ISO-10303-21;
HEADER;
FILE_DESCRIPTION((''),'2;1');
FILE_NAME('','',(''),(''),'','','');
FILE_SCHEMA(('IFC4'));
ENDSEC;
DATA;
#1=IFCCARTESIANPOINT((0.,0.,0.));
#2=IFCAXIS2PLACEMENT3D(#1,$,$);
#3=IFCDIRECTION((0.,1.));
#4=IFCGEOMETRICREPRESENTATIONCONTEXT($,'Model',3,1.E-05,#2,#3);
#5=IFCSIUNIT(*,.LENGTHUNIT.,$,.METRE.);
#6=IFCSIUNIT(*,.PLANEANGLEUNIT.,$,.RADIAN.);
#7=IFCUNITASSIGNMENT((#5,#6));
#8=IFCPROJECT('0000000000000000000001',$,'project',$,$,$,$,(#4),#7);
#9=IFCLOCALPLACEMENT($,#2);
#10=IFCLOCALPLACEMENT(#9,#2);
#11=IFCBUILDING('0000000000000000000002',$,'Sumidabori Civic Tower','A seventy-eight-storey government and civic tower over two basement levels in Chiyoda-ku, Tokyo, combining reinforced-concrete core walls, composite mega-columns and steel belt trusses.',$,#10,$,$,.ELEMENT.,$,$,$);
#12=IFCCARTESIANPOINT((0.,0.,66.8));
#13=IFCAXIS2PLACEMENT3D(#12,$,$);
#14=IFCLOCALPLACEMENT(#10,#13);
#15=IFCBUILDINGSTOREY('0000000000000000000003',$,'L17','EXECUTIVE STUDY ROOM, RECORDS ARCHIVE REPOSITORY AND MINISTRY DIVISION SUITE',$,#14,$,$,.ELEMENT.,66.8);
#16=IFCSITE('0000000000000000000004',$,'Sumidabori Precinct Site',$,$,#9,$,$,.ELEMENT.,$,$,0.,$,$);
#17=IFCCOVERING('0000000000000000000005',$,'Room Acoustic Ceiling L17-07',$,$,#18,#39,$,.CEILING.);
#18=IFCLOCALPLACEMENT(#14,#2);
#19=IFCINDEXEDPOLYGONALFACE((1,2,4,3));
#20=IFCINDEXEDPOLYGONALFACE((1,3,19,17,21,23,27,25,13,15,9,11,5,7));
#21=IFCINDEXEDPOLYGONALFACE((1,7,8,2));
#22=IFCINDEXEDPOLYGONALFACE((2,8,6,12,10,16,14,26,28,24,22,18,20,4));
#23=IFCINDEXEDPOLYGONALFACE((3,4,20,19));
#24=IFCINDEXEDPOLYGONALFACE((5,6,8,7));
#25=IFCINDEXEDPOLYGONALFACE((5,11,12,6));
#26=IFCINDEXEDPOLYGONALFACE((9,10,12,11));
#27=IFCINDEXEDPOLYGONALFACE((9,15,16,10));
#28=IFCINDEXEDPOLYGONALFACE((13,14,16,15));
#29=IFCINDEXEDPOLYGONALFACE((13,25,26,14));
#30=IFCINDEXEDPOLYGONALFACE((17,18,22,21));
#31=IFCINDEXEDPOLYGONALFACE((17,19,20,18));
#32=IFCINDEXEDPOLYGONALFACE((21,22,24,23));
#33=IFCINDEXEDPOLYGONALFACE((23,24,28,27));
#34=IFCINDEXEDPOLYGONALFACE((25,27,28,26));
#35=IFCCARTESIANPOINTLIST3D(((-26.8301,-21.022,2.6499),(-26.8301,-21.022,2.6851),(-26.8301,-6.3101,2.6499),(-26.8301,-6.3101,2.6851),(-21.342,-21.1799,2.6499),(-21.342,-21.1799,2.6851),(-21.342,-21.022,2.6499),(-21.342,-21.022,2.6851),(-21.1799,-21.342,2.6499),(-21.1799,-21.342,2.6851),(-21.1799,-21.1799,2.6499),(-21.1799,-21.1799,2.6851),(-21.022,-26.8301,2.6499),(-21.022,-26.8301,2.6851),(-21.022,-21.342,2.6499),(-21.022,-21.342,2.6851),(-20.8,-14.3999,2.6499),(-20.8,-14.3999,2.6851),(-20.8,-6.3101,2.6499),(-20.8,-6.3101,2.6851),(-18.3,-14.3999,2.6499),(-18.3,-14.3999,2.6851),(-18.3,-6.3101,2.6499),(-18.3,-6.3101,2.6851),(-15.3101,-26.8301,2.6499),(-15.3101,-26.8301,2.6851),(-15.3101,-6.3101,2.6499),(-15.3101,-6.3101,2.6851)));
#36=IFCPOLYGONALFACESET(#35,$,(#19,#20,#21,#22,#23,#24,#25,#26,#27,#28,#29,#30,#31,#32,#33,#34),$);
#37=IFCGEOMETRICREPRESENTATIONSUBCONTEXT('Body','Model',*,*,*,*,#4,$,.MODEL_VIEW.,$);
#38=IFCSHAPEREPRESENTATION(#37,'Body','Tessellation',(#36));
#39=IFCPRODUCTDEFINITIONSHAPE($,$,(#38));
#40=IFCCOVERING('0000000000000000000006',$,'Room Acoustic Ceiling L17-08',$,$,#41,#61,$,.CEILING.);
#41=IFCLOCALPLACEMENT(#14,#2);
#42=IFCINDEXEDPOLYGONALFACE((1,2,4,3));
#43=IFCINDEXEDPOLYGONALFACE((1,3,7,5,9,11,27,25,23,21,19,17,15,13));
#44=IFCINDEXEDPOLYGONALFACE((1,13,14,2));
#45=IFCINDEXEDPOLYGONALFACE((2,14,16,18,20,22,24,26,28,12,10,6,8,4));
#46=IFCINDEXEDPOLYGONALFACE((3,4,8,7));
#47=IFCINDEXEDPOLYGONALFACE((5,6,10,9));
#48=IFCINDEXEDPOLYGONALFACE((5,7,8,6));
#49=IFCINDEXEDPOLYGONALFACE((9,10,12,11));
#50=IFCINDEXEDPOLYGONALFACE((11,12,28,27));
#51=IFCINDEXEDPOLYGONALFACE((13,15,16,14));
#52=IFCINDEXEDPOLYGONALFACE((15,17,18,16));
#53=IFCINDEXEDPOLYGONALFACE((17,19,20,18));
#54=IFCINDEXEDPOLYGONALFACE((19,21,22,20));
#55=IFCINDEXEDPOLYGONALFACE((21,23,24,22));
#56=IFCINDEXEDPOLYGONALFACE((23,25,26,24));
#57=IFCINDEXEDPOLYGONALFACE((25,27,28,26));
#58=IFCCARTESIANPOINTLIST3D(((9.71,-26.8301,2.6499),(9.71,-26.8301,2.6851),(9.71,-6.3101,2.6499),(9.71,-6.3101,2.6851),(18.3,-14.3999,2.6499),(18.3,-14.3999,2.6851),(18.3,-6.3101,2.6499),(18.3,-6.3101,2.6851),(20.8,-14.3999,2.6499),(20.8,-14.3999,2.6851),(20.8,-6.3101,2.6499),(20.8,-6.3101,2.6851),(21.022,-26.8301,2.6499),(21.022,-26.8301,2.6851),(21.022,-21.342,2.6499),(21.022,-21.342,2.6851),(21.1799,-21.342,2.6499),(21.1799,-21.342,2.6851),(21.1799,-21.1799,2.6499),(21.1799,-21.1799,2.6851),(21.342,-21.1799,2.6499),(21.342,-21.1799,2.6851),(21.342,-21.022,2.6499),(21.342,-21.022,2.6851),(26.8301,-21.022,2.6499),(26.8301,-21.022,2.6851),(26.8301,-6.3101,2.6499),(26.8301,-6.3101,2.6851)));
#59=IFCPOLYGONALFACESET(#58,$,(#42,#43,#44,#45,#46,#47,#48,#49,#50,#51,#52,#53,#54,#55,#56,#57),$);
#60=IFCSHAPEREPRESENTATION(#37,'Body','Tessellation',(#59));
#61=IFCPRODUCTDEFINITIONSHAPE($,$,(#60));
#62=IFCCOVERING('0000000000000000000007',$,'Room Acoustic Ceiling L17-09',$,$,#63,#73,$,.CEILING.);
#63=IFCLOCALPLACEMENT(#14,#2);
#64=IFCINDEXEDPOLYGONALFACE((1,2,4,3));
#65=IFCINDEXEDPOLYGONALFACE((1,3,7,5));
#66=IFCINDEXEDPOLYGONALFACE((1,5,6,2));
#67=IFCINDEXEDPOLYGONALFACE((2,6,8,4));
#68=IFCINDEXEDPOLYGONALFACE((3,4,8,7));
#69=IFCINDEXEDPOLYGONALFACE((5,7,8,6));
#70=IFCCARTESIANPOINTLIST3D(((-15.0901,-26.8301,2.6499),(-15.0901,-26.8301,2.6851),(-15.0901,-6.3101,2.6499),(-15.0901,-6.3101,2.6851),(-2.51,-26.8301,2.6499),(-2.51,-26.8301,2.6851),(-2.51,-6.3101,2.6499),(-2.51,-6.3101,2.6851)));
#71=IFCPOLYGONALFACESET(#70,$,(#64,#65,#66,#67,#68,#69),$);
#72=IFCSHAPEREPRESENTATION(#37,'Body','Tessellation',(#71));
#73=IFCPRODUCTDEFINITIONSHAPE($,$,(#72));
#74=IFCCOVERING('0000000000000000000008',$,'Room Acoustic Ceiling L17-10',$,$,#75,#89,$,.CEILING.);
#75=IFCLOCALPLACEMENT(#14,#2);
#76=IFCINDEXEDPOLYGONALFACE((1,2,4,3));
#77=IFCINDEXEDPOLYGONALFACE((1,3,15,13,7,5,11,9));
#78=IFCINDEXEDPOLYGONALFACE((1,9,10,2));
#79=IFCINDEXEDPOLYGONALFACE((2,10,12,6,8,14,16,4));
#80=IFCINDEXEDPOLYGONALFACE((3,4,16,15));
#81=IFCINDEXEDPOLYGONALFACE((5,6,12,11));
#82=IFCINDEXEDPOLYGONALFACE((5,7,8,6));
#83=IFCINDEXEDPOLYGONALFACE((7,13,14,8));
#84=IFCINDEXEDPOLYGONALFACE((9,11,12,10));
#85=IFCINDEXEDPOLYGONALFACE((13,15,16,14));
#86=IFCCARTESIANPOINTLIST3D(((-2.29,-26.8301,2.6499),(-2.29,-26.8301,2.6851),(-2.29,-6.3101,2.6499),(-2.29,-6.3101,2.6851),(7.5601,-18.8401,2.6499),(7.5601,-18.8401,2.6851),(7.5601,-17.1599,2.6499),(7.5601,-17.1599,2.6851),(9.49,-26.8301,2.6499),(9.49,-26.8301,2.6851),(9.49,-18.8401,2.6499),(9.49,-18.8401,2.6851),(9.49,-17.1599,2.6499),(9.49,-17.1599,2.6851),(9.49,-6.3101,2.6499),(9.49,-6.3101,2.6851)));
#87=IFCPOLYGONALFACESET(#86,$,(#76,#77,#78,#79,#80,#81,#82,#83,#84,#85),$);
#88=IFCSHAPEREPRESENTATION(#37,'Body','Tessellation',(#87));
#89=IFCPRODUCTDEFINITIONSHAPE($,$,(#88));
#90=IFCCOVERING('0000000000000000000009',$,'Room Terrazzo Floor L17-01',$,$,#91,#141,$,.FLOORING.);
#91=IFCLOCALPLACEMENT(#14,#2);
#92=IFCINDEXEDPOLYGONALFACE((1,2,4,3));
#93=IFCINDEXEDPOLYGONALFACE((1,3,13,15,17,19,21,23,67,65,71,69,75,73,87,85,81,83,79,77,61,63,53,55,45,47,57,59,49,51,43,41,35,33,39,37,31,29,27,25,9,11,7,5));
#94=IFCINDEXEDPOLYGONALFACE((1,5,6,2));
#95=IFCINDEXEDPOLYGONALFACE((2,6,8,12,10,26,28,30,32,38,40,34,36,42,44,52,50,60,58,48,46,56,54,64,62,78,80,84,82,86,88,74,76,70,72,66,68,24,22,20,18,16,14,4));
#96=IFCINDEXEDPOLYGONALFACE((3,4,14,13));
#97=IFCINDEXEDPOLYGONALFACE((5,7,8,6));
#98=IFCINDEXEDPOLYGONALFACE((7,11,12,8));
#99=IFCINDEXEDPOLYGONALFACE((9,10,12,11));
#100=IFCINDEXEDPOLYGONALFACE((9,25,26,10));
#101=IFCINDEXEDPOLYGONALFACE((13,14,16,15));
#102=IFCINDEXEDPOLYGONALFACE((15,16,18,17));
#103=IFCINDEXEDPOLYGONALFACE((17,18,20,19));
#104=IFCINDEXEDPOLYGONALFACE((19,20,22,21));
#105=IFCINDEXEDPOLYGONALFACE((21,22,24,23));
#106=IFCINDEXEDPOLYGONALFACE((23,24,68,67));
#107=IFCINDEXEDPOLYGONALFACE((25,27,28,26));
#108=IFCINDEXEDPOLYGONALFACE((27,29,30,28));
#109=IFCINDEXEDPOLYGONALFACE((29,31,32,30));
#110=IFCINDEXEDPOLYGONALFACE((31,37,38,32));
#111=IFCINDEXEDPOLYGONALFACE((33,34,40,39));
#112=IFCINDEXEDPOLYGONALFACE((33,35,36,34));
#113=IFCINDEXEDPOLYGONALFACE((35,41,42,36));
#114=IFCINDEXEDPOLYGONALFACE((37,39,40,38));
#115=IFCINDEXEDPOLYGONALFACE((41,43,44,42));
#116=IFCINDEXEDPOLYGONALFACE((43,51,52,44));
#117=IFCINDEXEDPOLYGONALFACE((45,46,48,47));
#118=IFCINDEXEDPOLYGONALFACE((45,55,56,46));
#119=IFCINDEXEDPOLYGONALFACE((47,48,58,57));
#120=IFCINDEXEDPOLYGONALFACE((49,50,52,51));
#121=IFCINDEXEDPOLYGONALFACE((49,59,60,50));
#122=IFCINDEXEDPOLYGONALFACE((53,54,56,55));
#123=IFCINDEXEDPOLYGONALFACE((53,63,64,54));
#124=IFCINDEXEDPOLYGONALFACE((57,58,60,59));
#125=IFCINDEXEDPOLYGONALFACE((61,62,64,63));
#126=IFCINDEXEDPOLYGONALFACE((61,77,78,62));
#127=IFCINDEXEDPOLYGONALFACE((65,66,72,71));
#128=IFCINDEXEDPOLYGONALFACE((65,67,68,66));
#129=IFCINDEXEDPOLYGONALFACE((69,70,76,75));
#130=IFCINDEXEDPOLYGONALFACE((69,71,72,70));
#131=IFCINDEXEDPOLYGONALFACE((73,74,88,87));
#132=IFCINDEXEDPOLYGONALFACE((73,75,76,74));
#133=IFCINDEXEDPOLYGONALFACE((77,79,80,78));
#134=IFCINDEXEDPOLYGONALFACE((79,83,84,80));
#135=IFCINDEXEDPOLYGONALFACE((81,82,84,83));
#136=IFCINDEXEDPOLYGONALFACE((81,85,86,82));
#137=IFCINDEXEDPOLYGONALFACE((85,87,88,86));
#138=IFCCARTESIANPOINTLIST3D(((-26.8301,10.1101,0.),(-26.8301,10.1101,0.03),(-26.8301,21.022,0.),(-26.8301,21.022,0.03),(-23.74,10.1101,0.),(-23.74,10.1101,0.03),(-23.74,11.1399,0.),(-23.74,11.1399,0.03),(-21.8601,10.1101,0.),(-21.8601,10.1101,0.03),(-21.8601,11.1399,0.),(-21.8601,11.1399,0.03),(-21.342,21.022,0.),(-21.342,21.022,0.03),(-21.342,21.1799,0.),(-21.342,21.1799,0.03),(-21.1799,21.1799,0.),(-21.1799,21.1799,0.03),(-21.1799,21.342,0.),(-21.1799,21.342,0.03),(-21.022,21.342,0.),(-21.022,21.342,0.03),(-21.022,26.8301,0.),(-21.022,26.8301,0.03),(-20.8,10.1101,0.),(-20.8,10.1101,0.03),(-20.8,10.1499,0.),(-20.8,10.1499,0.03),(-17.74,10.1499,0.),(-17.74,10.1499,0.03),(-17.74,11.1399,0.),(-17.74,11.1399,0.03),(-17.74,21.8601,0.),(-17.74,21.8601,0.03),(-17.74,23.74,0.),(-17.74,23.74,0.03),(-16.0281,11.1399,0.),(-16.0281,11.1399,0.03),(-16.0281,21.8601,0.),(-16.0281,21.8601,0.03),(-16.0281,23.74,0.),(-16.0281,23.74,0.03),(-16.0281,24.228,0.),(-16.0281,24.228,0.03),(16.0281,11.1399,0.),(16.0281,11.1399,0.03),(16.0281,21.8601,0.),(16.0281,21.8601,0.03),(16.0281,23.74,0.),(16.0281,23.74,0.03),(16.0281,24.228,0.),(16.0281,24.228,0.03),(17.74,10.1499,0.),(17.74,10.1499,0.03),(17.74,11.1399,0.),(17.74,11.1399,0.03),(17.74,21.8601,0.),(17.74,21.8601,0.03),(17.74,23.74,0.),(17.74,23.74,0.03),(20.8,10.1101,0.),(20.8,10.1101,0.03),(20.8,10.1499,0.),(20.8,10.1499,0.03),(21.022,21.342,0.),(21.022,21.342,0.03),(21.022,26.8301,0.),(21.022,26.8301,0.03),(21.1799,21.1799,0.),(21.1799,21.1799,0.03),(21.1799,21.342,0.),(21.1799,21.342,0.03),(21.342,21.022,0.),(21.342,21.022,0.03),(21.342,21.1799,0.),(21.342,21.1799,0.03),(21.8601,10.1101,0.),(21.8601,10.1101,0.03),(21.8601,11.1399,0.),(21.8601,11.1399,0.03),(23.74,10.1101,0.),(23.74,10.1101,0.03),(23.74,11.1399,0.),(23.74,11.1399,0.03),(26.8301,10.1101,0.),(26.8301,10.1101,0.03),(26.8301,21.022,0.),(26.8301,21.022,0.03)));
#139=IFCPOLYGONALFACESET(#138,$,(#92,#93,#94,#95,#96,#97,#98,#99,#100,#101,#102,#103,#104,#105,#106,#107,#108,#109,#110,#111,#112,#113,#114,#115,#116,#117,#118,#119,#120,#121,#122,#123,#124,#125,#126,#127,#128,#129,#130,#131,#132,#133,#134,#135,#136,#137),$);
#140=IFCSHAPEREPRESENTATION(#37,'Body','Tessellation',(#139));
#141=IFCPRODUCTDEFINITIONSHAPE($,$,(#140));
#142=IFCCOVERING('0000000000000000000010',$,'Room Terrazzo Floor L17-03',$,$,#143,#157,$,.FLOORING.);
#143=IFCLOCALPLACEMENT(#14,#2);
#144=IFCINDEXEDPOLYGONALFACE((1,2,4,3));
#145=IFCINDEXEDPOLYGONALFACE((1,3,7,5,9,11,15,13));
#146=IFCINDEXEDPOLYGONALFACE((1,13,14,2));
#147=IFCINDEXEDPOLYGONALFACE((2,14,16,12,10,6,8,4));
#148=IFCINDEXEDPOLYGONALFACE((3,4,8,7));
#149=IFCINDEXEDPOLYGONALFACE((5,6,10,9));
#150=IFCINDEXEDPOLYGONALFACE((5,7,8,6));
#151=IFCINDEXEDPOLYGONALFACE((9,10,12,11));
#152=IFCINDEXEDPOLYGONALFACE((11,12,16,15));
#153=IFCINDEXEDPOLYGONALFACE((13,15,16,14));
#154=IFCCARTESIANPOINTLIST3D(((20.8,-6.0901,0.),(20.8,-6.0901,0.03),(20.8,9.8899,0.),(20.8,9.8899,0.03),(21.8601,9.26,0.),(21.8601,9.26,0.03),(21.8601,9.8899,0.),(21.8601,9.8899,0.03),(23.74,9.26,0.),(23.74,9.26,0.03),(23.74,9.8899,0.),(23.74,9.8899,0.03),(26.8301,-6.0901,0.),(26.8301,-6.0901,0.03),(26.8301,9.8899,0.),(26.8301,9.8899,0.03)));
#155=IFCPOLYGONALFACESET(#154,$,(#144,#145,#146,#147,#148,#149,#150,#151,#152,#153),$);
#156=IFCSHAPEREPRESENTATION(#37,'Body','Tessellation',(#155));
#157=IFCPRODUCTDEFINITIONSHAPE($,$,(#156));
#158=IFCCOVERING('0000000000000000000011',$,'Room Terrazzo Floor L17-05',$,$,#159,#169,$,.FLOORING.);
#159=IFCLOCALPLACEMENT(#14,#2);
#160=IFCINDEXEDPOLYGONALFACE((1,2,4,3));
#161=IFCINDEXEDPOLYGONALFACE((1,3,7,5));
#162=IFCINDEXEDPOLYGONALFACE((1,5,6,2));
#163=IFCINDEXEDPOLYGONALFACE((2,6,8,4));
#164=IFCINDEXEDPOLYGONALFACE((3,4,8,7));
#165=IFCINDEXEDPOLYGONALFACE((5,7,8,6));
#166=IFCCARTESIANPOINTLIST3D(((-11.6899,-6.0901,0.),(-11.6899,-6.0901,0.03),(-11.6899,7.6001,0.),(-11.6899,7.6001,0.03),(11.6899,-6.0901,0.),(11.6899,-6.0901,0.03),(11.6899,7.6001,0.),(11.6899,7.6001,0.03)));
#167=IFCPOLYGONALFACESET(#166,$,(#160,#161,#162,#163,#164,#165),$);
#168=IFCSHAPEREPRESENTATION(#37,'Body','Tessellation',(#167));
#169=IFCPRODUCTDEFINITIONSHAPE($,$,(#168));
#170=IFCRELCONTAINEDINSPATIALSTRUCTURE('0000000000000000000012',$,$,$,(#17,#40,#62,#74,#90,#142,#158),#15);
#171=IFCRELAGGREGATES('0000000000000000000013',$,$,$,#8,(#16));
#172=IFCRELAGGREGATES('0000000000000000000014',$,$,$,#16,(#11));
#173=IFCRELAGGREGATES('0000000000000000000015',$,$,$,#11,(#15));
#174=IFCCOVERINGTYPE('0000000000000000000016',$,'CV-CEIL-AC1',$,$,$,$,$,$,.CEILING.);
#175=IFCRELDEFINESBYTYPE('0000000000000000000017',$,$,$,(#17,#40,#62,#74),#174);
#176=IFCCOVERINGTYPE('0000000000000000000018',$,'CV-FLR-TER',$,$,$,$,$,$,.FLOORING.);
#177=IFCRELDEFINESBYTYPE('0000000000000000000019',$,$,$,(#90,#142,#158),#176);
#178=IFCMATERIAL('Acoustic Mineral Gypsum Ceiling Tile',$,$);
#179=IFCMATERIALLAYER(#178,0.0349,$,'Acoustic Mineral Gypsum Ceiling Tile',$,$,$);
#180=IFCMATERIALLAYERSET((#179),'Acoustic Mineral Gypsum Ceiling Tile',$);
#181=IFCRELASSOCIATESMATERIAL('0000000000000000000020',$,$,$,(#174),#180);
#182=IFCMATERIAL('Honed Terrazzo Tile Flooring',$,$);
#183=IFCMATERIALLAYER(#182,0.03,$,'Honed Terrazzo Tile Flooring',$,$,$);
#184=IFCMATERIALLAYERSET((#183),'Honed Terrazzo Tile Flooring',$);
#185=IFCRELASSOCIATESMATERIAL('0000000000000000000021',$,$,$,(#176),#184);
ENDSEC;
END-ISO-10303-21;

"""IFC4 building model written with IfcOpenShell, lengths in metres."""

from ifc_helpers import new_model, si_unit, direction, frame, origin, place, context, subcontext, project, spatial, polyline, outline, extrude, material, layer, layer_set, type_object, element, save


model = new_model("IFC4")

# Units and contexts
model_context = context("Model", 3, precision=1e-05, world=origin(), true_north=direction((0.0, 1.0)))
body_context = subcontext(model_context, "Body", "Model", "MODEL_VIEW")
ifc_project = project(units=[si_unit("LENGTHUNIT", "METRE"), si_unit("PLANEANGLEUNIT", "RADIAN")], contexts=[model_context])

# Site, building, storey
site_placement = place(None, origin())
site = spatial("IfcSite", under=ifc_project, at=site_placement, Name="Sumidabori Precinct Site", CompositionType="ELEMENT", RefElevation=0.0)
building_placement = place(site_placement, origin())
building = spatial("IfcBuilding", under=site, at=building_placement, Name="Sumidabori Civic Tower", Description="A seventy-eight-storey government and civic tower over two basement levels in Chiyoda-ku, Tokyo, combining reinforced-concrete core walls, composite mega-columns and steel belt trusses.", CompositionType="ELEMENT")
storey_placement = place(building_placement, frame((0.0, 0.0, 66.8)))
storey = spatial("IfcBuildingStorey", under=building, at=storey_placement, Name="L17", Description="EXECUTIVE STUDY ROOM, RECORDS ARCHIVE REPOSITORY AND MINISTRY DIVISION SUITE", CompositionType="ELEMENT", Elevation=66.8)

# Coverings
ifc_material_1 = material(Name="Acoustic Mineral Gypsum Ceiling Tile")
ifc_layer_1 = layer(ifc_material_1, 0.0349, Name="Acoustic Mineral Gypsum Ceiling Tile")
ifc_layer_set_1 = layer_set([ifc_layer_1], Name="Acoustic Mineral Gypsum Ceiling Tile")
covering_type_1 = type_object("IfcCoveringType", Name="CV-CEIL-AC1", PredefinedType="CEILING", material=ifc_layer_set_1)
covering_1_placement = place(storey_placement, frame((0.0, 0.0, 2.6499)))
element("IfcCovering", 1, at=covering_1_placement, inside=storey, type_object=covering_type_1, Name="Room Acoustic Ceiling L17-07", PredefinedType="CEILING", context=body_context, shape_type="SweptSolid", body=[
    extrude(outline(polyline([(-26.8301, -21.022), (-26.8301, -6.3101), (-20.8, -6.3101), (-20.8, -14.3999), (-18.3, -14.3999), (-18.3, -6.3101), (-15.3101, -6.3101), (-15.3101, -26.8301), (-21.022, -26.8301), (-21.022, -21.342), (-21.1799, -21.342), (-21.1799, -21.1799), (-21.342, -21.1799), (-21.342, -21.022), (-26.8301, -21.022)])), origin(), (0.0, 0.0, 1.0), 0.0352),
])
covering_2_placement = place(storey_placement, frame((0.0, 0.0, 2.6499)))
element("IfcCovering", 2, at=covering_2_placement, inside=storey, type_object=covering_type_1, Name="Room Acoustic Ceiling L17-08", PredefinedType="CEILING", context=body_context, shape_type="SweptSolid", body=[
    extrude(outline(polyline([(18.3, -14.3999), (20.8, -14.3999), (20.8, -6.3101), (26.8301, -6.3101), (26.8301, -21.022), (21.342, -21.022), (21.342, -21.1799), (21.1799, -21.1799), (21.1799, -21.342), (21.022, -21.342), (21.022, -26.8301), (9.71, -26.8301), (9.71, -6.3101), (18.3, -6.3101), (18.3, -14.3999)])), origin(), (0.0, 0.0, 1.0), 0.0352),
])
covering_3_placement = place(storey_placement, frame((0.0, 0.0, 2.6499)))
element("IfcCovering", 3, at=covering_3_placement, inside=storey, type_object=covering_type_1, Name="Room Acoustic Ceiling L17-09", PredefinedType="CEILING", context=body_context, shape_type="SweptSolid", body=[
    extrude(outline(polyline([(-2.51, -26.8301), (-15.0901, -26.8301), (-15.0901, -6.3101), (-2.51, -6.3101), (-2.51, -26.8301)])), origin(), (0.0, 0.0, 1.0), 0.0352),
])
covering_4_placement = place(storey_placement, frame((0.0, 0.0, 2.6499)))
element("IfcCovering", 4, at=covering_4_placement, inside=storey, type_object=covering_type_1, Name="Room Acoustic Ceiling L17-10", PredefinedType="CEILING", context=body_context, shape_type="SweptSolid", body=[
    extrude(outline(polyline([(9.49, -17.1599), (7.5601, -17.1599), (7.5601, -18.8401), (9.49, -18.8401), (9.49, -26.8301), (-2.29, -26.8301), (-2.29, -6.3101), (9.49, -6.3101), (9.49, -17.1599)])), origin(), (0.0, 0.0, 1.0), 0.0352),
])
ifc_material_2 = material(Name="Honed Terrazzo Tile Flooring")
ifc_layer_2 = layer(ifc_material_2, 0.03, Name="Honed Terrazzo Tile Flooring")
ifc_layer_set_2 = layer_set([ifc_layer_2], Name="Honed Terrazzo Tile Flooring")
covering_type_2 = type_object("IfcCoveringType", Name="CV-FLR-TER", PredefinedType="FLOORING", material=ifc_layer_set_2)
covering_5_placement = place(storey_placement, origin())
element("IfcCovering", 5, at=covering_5_placement, inside=storey, type_object=covering_type_2, Name="Room Terrazzo Floor L17-01", PredefinedType="FLOORING", context=body_context, shape_type="SweptSolid", body=[
    extrude(outline(polyline([(-21.342, 21.1799), (-21.1799, 21.1799), (-21.1799, 21.342), (-21.022, 21.342), (-21.022, 26.8301), (21.022, 26.8301), (21.022, 21.342), (21.1799, 21.342), (21.1799, 21.1799), (21.342, 21.1799), (21.342, 21.022), (26.8301, 21.022), (26.8301, 10.1101), (23.74, 10.1101), (23.74, 11.1399), (21.8601, 11.1399), (21.8601, 10.1101), (20.8, 10.1101), (20.8, 10.1499), (17.74, 10.1499), (17.74, 11.1399), (16.0281, 11.1399), (16.0281, 21.8601), (17.74, 21.8601), (17.74, 23.74), (16.0281, 23.74), (16.0281, 24.228), (-16.0281, 24.228), (-16.0281, 23.74), (-17.74, 23.74), (-17.74, 21.8601), (-16.0281, 21.8601), (-16.0281, 11.1399), (-17.74, 11.1399), (-17.74, 10.1499), (-20.8, 10.1499), (-20.8, 10.1101), (-21.8601, 10.1101), (-21.8601, 11.1399), (-23.74, 11.1399), (-23.74, 10.1101), (-26.8301, 10.1101), (-26.8301, 21.022), (-21.342, 21.022), (-21.342, 21.1799)])), origin(), (0.0, 0.0, 1.0), 0.03),
])
covering_6_placement = place(storey_placement, origin())
element("IfcCovering", 6, at=covering_6_placement, inside=storey, type_object=covering_type_2, Name="Room Terrazzo Floor L17-03", PredefinedType="FLOORING", context=body_context, shape_type="SweptSolid", body=[
    extrude(outline(polyline([(20.8, 9.8899), (21.8601, 9.8899), (21.8601, 9.26), (23.74, 9.26), (23.74, 9.8899), (26.8301, 9.8899), (26.8301, -6.0901), (20.8, -6.0901), (20.8, 9.8899)])), origin(), (0.0, 0.0, 1.0), 0.03),
])
covering_7_placement = place(storey_placement, origin())
element("IfcCovering", 7, at=covering_7_placement, inside=storey, type_object=covering_type_2, Name="Room Terrazzo Floor L17-05", PredefinedType="FLOORING", context=body_context, shape_type="SweptSolid", body=[
    extrude(outline(polyline([(-11.6899, 7.6001), (11.6899, 7.6001), (11.6899, -6.0901), (-11.6899, -6.0901), (-11.6899, 7.6001)])), origin(), (0.0, 0.0, 1.0), 0.03),
])

save(model, "model.ifc")
